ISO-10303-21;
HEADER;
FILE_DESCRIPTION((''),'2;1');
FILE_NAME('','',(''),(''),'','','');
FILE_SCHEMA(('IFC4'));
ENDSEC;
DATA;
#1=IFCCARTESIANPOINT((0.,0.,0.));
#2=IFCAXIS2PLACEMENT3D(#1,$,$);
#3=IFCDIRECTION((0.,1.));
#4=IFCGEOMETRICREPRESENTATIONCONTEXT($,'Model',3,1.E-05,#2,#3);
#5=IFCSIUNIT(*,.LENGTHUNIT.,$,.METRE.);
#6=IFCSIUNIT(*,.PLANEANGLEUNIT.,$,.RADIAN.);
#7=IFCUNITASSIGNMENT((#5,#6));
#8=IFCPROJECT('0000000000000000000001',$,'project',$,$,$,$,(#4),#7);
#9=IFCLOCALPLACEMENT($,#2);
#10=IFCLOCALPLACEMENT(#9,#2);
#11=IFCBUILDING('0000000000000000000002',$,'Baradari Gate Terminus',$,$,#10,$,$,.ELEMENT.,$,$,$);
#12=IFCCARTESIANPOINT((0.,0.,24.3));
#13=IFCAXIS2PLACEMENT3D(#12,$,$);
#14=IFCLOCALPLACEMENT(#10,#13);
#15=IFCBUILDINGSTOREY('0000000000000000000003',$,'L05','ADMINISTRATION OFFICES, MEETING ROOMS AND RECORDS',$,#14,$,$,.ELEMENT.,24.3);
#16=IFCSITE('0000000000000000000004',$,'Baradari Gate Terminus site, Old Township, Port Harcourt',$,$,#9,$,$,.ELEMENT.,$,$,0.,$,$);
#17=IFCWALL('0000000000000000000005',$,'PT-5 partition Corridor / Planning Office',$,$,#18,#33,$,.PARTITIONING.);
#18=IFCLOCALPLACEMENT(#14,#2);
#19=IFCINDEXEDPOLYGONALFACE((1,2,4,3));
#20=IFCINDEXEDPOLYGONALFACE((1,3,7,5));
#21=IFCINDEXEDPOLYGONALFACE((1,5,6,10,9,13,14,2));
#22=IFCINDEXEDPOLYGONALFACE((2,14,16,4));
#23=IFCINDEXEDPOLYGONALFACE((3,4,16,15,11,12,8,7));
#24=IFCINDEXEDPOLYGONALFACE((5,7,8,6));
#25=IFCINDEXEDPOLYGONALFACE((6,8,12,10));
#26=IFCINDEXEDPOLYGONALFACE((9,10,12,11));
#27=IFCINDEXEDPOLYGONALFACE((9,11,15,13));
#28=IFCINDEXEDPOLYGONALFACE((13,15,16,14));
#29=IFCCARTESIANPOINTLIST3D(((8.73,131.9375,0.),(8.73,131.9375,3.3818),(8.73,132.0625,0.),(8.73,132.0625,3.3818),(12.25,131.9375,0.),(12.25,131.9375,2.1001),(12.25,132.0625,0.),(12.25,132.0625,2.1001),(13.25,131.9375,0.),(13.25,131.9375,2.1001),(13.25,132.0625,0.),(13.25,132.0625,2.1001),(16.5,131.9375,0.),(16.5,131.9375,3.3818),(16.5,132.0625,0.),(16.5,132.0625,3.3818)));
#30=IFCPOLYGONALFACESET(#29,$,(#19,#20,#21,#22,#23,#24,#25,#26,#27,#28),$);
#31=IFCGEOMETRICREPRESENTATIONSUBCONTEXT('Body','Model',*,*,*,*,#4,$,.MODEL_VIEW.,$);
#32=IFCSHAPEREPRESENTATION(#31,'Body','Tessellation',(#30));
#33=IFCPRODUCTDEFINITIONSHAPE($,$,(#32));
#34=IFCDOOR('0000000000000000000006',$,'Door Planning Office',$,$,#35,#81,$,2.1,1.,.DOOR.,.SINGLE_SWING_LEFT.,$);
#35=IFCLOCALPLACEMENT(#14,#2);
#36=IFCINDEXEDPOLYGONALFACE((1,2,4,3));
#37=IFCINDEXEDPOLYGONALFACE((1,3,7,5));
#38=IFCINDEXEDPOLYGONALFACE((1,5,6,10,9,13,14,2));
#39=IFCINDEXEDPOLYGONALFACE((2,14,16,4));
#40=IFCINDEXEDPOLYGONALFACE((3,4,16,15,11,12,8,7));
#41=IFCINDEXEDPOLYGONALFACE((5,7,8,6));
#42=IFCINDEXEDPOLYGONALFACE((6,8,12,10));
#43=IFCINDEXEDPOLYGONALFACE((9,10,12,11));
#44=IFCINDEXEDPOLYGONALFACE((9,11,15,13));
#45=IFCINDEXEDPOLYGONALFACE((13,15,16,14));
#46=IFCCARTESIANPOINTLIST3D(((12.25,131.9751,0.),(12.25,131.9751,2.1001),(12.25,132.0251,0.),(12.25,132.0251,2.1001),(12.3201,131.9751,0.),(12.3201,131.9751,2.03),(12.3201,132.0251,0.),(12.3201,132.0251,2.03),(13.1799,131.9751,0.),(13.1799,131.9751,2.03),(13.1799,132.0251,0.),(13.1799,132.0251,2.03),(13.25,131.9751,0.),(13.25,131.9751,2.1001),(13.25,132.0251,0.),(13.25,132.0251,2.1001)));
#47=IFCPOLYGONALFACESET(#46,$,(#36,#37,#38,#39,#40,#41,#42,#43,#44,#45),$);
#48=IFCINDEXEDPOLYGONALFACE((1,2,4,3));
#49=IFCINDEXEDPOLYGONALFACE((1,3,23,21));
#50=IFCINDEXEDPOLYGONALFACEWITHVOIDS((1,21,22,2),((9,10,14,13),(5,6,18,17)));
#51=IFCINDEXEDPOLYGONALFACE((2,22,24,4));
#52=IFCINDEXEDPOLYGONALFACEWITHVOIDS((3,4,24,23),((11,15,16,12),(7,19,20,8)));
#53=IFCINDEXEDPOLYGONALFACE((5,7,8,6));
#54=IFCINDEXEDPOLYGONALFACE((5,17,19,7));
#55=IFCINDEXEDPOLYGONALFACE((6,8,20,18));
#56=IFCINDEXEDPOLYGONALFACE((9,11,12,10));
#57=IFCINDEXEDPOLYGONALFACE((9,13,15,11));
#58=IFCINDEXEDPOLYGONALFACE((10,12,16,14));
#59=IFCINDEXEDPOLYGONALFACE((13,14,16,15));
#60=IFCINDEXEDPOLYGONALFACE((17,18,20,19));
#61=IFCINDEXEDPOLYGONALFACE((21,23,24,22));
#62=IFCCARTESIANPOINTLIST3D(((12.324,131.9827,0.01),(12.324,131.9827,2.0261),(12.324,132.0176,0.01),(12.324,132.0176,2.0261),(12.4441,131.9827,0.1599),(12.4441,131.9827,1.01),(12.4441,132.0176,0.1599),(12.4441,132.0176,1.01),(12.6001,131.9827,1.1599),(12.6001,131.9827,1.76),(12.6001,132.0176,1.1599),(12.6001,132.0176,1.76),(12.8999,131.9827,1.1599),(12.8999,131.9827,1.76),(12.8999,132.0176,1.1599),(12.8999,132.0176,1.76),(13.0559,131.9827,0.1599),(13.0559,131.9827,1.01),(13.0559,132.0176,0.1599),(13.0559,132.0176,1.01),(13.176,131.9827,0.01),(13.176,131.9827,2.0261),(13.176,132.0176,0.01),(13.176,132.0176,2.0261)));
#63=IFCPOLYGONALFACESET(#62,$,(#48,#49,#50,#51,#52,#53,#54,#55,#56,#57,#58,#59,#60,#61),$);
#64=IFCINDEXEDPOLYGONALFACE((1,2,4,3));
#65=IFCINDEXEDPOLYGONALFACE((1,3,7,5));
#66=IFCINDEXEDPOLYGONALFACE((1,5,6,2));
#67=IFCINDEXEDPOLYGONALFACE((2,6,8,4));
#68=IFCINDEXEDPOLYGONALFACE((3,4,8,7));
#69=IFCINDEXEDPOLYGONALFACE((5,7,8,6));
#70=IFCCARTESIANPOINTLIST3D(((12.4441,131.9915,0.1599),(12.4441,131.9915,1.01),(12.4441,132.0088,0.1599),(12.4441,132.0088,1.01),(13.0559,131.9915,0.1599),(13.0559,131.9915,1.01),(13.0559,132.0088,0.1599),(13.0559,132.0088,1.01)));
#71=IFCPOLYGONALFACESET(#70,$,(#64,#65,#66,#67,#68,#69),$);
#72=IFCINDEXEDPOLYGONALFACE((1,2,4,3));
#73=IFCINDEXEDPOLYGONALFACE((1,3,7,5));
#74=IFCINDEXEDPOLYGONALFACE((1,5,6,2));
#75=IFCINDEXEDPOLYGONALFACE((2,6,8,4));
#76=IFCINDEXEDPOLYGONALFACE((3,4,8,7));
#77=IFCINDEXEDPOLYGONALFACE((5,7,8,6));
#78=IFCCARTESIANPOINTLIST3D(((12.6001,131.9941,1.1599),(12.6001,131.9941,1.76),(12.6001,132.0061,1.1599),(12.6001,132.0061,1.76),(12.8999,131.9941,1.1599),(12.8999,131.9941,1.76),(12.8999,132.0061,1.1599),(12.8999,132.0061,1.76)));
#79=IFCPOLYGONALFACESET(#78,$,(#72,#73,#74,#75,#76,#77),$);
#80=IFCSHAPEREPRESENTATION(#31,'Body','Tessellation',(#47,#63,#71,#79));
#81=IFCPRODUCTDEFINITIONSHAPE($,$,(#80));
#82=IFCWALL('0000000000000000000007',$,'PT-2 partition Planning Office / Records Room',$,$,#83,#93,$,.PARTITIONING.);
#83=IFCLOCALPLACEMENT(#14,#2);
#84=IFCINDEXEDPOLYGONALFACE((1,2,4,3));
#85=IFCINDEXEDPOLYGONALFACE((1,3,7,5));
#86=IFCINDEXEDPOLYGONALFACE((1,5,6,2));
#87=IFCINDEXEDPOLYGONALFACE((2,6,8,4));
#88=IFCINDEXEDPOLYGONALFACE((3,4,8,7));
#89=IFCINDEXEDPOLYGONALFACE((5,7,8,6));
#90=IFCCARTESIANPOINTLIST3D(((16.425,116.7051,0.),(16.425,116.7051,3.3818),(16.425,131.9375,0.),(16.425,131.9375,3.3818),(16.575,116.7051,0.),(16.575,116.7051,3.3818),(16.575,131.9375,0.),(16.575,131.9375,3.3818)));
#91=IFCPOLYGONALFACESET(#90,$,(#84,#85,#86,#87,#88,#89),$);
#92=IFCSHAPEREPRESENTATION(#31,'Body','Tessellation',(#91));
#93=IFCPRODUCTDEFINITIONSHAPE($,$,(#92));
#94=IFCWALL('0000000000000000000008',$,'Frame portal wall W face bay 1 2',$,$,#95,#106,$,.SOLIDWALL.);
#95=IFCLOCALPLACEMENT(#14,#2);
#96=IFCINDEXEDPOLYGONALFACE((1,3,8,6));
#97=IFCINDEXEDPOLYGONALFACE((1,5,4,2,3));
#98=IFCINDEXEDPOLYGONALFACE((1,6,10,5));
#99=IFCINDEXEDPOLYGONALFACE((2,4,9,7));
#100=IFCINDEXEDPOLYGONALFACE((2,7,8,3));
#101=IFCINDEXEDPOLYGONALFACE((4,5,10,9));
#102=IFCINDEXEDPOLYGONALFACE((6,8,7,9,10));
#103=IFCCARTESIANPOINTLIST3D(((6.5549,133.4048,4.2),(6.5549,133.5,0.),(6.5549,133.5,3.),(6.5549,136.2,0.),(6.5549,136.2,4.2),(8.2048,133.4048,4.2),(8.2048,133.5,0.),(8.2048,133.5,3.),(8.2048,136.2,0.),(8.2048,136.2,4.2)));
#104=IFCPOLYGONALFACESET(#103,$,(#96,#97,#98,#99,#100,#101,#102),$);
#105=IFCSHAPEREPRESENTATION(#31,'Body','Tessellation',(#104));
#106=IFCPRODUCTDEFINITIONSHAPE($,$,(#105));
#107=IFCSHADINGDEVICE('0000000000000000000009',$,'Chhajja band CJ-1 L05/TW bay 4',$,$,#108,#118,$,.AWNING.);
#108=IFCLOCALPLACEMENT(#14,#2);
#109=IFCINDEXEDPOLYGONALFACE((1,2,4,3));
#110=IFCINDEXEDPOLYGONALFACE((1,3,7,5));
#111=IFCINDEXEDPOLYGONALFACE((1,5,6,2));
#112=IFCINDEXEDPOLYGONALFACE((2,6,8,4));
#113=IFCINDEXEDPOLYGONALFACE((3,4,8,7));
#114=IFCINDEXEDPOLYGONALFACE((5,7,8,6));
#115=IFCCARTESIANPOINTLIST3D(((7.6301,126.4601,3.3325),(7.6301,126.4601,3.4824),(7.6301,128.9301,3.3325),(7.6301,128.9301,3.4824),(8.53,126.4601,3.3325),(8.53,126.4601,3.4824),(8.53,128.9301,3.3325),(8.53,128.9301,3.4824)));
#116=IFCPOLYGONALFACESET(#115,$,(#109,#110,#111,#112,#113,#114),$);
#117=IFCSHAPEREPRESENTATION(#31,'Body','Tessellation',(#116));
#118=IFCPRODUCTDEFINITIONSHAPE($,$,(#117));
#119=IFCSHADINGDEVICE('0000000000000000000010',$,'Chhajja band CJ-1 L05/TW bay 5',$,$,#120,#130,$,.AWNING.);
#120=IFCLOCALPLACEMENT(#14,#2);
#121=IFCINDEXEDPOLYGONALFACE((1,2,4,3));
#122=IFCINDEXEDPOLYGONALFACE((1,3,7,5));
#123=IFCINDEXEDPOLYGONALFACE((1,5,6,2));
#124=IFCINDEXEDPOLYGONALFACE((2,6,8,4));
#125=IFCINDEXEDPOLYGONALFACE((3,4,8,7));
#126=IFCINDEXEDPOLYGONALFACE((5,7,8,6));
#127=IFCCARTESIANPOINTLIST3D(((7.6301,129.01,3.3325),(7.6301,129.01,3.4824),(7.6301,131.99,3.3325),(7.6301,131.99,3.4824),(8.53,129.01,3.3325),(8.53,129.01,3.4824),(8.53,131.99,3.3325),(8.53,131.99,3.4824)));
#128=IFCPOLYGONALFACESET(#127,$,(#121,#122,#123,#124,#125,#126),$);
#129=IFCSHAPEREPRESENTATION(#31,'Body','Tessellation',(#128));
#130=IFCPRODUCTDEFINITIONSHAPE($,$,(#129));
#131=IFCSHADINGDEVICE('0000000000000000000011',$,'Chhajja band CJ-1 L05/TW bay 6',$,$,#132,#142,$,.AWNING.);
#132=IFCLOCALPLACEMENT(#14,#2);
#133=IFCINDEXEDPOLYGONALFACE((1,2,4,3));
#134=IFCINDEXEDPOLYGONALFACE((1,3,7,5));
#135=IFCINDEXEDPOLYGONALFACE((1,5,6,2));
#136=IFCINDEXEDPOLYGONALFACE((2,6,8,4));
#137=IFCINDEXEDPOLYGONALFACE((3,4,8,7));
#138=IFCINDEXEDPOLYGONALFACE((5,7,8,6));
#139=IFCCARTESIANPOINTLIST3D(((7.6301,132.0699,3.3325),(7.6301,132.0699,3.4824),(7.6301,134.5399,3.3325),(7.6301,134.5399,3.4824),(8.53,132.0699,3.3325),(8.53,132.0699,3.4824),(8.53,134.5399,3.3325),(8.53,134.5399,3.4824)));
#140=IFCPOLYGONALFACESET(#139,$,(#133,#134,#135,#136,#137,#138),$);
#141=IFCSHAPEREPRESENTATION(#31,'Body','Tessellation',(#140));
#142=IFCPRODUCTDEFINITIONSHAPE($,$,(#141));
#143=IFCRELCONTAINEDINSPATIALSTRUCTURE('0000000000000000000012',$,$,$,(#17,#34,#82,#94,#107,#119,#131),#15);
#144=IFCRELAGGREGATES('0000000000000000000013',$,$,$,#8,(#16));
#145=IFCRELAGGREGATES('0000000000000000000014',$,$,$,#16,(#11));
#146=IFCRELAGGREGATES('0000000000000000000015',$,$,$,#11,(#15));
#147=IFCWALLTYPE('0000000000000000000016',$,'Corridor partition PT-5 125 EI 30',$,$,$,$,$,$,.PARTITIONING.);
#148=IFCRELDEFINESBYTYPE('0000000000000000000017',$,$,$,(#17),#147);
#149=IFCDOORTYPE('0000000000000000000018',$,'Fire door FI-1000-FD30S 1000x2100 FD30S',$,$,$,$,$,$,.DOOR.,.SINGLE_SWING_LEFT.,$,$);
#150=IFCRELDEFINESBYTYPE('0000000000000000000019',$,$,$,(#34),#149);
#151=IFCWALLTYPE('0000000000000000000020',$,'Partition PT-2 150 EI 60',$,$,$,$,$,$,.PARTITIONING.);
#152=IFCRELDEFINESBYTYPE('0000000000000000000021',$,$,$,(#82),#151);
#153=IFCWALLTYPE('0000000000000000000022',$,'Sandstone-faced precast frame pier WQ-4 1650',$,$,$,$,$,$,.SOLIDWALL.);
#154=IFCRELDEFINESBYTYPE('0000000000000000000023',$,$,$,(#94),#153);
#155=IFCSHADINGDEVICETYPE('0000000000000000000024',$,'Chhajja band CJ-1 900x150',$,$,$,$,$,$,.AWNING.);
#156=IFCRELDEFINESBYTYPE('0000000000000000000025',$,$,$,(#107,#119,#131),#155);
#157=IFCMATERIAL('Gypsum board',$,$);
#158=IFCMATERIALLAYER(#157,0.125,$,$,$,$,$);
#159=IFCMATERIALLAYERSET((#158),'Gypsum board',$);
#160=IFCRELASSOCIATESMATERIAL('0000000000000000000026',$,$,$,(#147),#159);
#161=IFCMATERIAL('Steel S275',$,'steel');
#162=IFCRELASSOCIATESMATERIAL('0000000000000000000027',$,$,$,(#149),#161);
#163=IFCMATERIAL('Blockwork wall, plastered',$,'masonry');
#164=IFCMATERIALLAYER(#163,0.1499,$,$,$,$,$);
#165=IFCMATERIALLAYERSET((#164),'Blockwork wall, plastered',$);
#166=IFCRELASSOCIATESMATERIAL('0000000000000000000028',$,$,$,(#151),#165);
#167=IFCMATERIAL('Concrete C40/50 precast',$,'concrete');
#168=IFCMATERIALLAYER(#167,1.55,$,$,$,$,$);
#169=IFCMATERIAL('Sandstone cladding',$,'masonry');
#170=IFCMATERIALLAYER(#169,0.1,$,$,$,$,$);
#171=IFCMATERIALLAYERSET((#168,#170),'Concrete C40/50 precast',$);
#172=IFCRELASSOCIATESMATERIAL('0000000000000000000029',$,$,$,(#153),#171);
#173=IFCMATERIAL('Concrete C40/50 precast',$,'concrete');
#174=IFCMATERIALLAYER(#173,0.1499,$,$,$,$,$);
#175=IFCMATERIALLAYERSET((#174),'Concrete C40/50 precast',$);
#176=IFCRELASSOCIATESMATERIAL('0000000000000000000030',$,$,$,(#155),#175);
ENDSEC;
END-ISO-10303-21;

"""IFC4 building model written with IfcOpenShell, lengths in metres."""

from ifc_helpers import new_model, si_unit, direction, frame, frame_2d, origin, origin_2d, place, context, subcontext, project, spatial, polyline, rectangle, outline, extrude, material, layer, layer_set, type_object, element, fill, save


model = new_model("IFC4")

# Units and contexts
model_context = context("Model", 3, precision=1e-05, world=origin(), true_north=direction((0.0, 1.0)))
body_context = subcontext(model_context, "Body", "Model", "MODEL_VIEW")
ifc_project = project(units=[si_unit("LENGTHUNIT", "METRE"), si_unit("PLANEANGLEUNIT", "RADIAN")], contexts=[model_context])

# Site, building, storey
site_placement = place(None, origin())
site = spatial("IfcSite", under=ifc_project, at=site_placement, Name="Baradari Gate Terminus site, Old Township, Port Harcourt", CompositionType="ELEMENT", RefElevation=0.0)
building_placement = place(site_placement, origin())
building = spatial("IfcBuilding", under=site, at=building_placement, Name="Baradari Gate Terminus", CompositionType="ELEMENT")
storey_placement = place(building_placement, frame((0.0, 0.0, 24.3)))
storey = spatial("IfcBuildingStorey", under=building, at=storey_placement, Name="L05", Description="ADMINISTRATION OFFICES, MEETING ROOMS AND RECORDS", CompositionType="ELEMENT", Elevation=24.3)

# Wall, opening, door
ifc_material_1 = material(Name="Gypsum board")
ifc_layer_1 = layer(ifc_material_1, 0.125)
ifc_layer_set_1 = layer_set([ifc_layer_1], Name="Gypsum board")
wall_type_1 = type_object("IfcWallType", Name="Corridor partition PT-5 125 EI 30", PredefinedType="PARTITIONING", material=ifc_layer_set_1)
wall_1_placement = place(storey_placement, frame((16.5, 132.0, 0.0), z_axis=(0.0, 0.0, 1.0), x_axis=(-1.0, 0.0, 0.0)))
wall_1 = element("IfcWall", 1, at=wall_1_placement, inside=storey, type_object=wall_type_1, Name="PT-5 partition Corridor / Planning Office", PredefinedType="PARTITIONING", context=body_context, shape_type="SweptSolid", body=[
    extrude(rectangle(XDim=7.77, YDim=0.125, at=frame_2d((3.885, 0.0))), origin(), (0.0, 0.0, 1.0), 3.3818),
])
opening_placement = place(wall_1_placement, frame((3.25, 0.0, 0.0)))
opening = element("IfcOpeningElement", 2, at=opening_placement, cuts=wall_1, PredefinedType="OPENING", context=body_context, shape_type="SweptSolid", body=[
    extrude(rectangle(XDim=1.0, YDim=2.1001, at=frame_2d((0.5, 1.05))), frame((0.0, 0.0725, 0.0), z_axis=(0.0, -1.0, 0.0), x_axis=(1.0, 0.0, 0.0)), (0.0, 0.0, 1.0), 0.145),
])
ifc_material_2 = material(Name="Steel S275", Category="steel")
door_type = type_object("IfcDoorType", Name="Fire door FI-1000-FD30S 1000x2100 FD30S", OperationType="SINGLE_SWING_LEFT", PredefinedType="DOOR", material=ifc_material_2)
door_placement = place(opening_placement, origin())
door = element("IfcDoor", 3, at=door_placement, inside=storey, type_object=door_type, Name="Door Planning Office", OperationType="SINGLE_SWING_LEFT", OverallHeight=2.1, OverallWidth=1.0, PredefinedType="DOOR", context=body_context, shape_type="SweptSolid", body=[
    extrude(outline(polyline([(0.0, 0.0), (0.0701, 0.0), (0.0701, 2.03), (0.9299, 2.03), (0.9299, 0.0), (1.0, 0.0), (1.0, 2.1001), (0.0, 2.1001), (0.0, 0.0)])), frame((0.0, 0.0249, 0.0), z_axis=(0.0, -1.0, 0.0), x_axis=(1.0, 0.0, 0.0)), (0.0, 0.0, 1.0), 0.05),
    extrude(outline(polyline([(0.074, 0.01), (0.926, 0.01), (0.926, 2.0261), (0.074, 2.0261), (0.074, 0.01)]), holes=[polyline([(0.1941, 0.1599), (0.8059, 0.1599), (0.8059, 1.01), (0.1941, 1.01), (0.1941, 0.1599)]), polyline([(0.3501, 1.1599), (0.6499, 1.1599), (0.6499, 1.76), (0.3501, 1.76), (0.3501, 1.1599)])]), frame((0.0, 0.0173, 0.0), z_axis=(0.0, -1.0, 0.0), x_axis=(1.0, 0.0, 0.0)), (0.0, 0.0, 1.0), 0.0349),
    extrude(rectangle(XDim=0.6118, YDim=0.8501, at=frame_2d((0.5, 0.585))), frame((0.0, 0.0085, 0.0), z_axis=(0.0, -1.0, 0.0), x_axis=(1.0, 0.0, 0.0)), (0.0, 0.0, 1.0), 0.0173),
    extrude(rectangle(XDim=0.2998, YDim=0.6001, at=frame_2d((0.5, 1.46))), frame((0.0, 0.0059, 0.0), z_axis=(0.0, -1.0, 0.0), x_axis=(1.0, 0.0, 0.0)), (0.0, 0.0, 1.0), 0.012),
])
fill(opening, door)

# Walls
ifc_material_3 = material(Name="Blockwork wall, plastered", Category="masonry")
ifc_layer_2 = layer(ifc_material_3, 0.1499)
ifc_layer_set_2 = layer_set([ifc_layer_2], Name="Blockwork wall, plastered")
wall_type_2 = type_object("IfcWallType", Name="Partition PT-2 150 EI 60", PredefinedType="PARTITIONING", material=ifc_layer_set_2)
wall_2_placement = place(storey_placement, frame((16.5, 131.9375, 0.0), z_axis=(0.0, 0.0, 1.0), x_axis=(0.0, -1.0, 0.0)))
element("IfcWall", 4, at=wall_2_placement, inside=storey, type_object=wall_type_2, Name="PT-2 partition Planning Office / Records Room", PredefinedType="PARTITIONING", context=body_context, shape_type="SweptSolid", body=[
    extrude(rectangle(XDim=15.2324, YDim=0.1499, at=frame_2d((7.6162, 0.0))), origin(), (0.0, 0.0, 1.0), 3.3818),
])
ifc_material_4 = material(Name="Concrete C40/50 precast", Category="concrete")
ifc_layer_3 = layer(ifc_material_4, 1.55)
ifc_material_5 = material(Name="Sandstone cladding", Category="masonry")
ifc_layer_4 = layer(ifc_material_5, 0.1)
ifc_layer_set_3 = layer_set([ifc_layer_3, ifc_layer_4], Name="Concrete C40/50 precast")
wall_type_3 = type_object("IfcWallType", Name="Sandstone-faced precast frame pier WQ-4 1650", PredefinedType="SOLIDWALL", material=ifc_layer_set_3)
wall_3_placement = place(storey_placement, frame((7.3799, 133.4048, 0.0), z_axis=(0.0, 0.0, 1.0), x_axis=(0.0, 1.0, 0.0)))
element("IfcWall", 5, at=wall_3_placement, inside=storey, type_object=wall_type_3, Name="Frame portal wall W face bay 1 2", PredefinedType="SOLIDWALL", context=body_context, shape_type="SweptSolid", body=[
    extrude(outline(polyline([(0.0, 4.2), (0.0952, 3.0), (0.0952, 0.0), (2.7952, 0.0), (2.7952, 4.2), (0.0, 4.2)])), frame((0.0, 0.825, 0.0), z_axis=(0.0, -1.0, 0.0), x_axis=(1.0, 0.0, 0.0)), (0.0, 0.0, 1.0), 1.6499),
])

# Shading devices
ifc_material_6 = material(Name="Concrete C40/50 precast", Category="concrete")
ifc_layer_5 = layer(ifc_material_6, 0.1499)
ifc_layer_set_4 = layer_set([ifc_layer_5], Name="Concrete C40/50 precast")
shading_device_type_1 = type_object("IfcShadingDeviceType", Name="Chhajja band CJ-1 900x150", PredefinedType="AWNING", material=ifc_layer_set_4)
shading_device_1_placement = place(storey_placement, frame((8.0801, 127.6951, 3.3325), z_axis=(0.0, 0.0, 1.0), x_axis=(0.0, 1.0, 0.0)))
element("IfcShadingDevice", 6, at=shading_device_1_placement, inside=storey, type_object=shading_device_type_1, Name="Chhajja band CJ-1 L05/TW bay 4", PredefinedType="AWNING", context=body_context, shape_type="SweptSolid", body=[
    extrude(rectangle(XDim=2.47, YDim=0.8999, at=origin_2d()), origin(), (0.0, 0.0, 1.0), 0.1499),
])
shading_device_2_placement = place(storey_placement, frame((8.0801, 130.5, 3.3325), z_axis=(0.0, 0.0, 1.0), x_axis=(0.0, 1.0, 0.0)))
element("IfcShadingDevice", 7, at=shading_device_2_placement, inside=storey, type_object=shading_device_type_1, Name="Chhajja band CJ-1 L05/TW bay 5", PredefinedType="AWNING", context=body_context, shape_type="SweptSolid", body=[
    extrude(rectangle(XDim=2.98, YDim=0.8999, at=origin_2d()), origin(), (0.0, 0.0, 1.0), 0.1499),
])
shading_device_3_placement = place(storey_placement, frame((8.0801, 133.3049, 3.3325), z_axis=(0.0, 0.0, 1.0), x_axis=(0.0, 1.0, 0.0)))
element("IfcShadingDevice", 8, at=shading_device_3_placement, inside=storey, type_object=shading_device_type_1, Name="Chhajja band CJ-1 L05/TW bay 6", PredefinedType="AWNING", context=body_context, shape_type="SweptSolid", body=[
    extrude(rectangle(XDim=2.47, YDim=0.8999, at=origin_2d()), origin(), (0.0, 0.0, 1.0), 0.1499),
])

save(model, "model.ifc")
